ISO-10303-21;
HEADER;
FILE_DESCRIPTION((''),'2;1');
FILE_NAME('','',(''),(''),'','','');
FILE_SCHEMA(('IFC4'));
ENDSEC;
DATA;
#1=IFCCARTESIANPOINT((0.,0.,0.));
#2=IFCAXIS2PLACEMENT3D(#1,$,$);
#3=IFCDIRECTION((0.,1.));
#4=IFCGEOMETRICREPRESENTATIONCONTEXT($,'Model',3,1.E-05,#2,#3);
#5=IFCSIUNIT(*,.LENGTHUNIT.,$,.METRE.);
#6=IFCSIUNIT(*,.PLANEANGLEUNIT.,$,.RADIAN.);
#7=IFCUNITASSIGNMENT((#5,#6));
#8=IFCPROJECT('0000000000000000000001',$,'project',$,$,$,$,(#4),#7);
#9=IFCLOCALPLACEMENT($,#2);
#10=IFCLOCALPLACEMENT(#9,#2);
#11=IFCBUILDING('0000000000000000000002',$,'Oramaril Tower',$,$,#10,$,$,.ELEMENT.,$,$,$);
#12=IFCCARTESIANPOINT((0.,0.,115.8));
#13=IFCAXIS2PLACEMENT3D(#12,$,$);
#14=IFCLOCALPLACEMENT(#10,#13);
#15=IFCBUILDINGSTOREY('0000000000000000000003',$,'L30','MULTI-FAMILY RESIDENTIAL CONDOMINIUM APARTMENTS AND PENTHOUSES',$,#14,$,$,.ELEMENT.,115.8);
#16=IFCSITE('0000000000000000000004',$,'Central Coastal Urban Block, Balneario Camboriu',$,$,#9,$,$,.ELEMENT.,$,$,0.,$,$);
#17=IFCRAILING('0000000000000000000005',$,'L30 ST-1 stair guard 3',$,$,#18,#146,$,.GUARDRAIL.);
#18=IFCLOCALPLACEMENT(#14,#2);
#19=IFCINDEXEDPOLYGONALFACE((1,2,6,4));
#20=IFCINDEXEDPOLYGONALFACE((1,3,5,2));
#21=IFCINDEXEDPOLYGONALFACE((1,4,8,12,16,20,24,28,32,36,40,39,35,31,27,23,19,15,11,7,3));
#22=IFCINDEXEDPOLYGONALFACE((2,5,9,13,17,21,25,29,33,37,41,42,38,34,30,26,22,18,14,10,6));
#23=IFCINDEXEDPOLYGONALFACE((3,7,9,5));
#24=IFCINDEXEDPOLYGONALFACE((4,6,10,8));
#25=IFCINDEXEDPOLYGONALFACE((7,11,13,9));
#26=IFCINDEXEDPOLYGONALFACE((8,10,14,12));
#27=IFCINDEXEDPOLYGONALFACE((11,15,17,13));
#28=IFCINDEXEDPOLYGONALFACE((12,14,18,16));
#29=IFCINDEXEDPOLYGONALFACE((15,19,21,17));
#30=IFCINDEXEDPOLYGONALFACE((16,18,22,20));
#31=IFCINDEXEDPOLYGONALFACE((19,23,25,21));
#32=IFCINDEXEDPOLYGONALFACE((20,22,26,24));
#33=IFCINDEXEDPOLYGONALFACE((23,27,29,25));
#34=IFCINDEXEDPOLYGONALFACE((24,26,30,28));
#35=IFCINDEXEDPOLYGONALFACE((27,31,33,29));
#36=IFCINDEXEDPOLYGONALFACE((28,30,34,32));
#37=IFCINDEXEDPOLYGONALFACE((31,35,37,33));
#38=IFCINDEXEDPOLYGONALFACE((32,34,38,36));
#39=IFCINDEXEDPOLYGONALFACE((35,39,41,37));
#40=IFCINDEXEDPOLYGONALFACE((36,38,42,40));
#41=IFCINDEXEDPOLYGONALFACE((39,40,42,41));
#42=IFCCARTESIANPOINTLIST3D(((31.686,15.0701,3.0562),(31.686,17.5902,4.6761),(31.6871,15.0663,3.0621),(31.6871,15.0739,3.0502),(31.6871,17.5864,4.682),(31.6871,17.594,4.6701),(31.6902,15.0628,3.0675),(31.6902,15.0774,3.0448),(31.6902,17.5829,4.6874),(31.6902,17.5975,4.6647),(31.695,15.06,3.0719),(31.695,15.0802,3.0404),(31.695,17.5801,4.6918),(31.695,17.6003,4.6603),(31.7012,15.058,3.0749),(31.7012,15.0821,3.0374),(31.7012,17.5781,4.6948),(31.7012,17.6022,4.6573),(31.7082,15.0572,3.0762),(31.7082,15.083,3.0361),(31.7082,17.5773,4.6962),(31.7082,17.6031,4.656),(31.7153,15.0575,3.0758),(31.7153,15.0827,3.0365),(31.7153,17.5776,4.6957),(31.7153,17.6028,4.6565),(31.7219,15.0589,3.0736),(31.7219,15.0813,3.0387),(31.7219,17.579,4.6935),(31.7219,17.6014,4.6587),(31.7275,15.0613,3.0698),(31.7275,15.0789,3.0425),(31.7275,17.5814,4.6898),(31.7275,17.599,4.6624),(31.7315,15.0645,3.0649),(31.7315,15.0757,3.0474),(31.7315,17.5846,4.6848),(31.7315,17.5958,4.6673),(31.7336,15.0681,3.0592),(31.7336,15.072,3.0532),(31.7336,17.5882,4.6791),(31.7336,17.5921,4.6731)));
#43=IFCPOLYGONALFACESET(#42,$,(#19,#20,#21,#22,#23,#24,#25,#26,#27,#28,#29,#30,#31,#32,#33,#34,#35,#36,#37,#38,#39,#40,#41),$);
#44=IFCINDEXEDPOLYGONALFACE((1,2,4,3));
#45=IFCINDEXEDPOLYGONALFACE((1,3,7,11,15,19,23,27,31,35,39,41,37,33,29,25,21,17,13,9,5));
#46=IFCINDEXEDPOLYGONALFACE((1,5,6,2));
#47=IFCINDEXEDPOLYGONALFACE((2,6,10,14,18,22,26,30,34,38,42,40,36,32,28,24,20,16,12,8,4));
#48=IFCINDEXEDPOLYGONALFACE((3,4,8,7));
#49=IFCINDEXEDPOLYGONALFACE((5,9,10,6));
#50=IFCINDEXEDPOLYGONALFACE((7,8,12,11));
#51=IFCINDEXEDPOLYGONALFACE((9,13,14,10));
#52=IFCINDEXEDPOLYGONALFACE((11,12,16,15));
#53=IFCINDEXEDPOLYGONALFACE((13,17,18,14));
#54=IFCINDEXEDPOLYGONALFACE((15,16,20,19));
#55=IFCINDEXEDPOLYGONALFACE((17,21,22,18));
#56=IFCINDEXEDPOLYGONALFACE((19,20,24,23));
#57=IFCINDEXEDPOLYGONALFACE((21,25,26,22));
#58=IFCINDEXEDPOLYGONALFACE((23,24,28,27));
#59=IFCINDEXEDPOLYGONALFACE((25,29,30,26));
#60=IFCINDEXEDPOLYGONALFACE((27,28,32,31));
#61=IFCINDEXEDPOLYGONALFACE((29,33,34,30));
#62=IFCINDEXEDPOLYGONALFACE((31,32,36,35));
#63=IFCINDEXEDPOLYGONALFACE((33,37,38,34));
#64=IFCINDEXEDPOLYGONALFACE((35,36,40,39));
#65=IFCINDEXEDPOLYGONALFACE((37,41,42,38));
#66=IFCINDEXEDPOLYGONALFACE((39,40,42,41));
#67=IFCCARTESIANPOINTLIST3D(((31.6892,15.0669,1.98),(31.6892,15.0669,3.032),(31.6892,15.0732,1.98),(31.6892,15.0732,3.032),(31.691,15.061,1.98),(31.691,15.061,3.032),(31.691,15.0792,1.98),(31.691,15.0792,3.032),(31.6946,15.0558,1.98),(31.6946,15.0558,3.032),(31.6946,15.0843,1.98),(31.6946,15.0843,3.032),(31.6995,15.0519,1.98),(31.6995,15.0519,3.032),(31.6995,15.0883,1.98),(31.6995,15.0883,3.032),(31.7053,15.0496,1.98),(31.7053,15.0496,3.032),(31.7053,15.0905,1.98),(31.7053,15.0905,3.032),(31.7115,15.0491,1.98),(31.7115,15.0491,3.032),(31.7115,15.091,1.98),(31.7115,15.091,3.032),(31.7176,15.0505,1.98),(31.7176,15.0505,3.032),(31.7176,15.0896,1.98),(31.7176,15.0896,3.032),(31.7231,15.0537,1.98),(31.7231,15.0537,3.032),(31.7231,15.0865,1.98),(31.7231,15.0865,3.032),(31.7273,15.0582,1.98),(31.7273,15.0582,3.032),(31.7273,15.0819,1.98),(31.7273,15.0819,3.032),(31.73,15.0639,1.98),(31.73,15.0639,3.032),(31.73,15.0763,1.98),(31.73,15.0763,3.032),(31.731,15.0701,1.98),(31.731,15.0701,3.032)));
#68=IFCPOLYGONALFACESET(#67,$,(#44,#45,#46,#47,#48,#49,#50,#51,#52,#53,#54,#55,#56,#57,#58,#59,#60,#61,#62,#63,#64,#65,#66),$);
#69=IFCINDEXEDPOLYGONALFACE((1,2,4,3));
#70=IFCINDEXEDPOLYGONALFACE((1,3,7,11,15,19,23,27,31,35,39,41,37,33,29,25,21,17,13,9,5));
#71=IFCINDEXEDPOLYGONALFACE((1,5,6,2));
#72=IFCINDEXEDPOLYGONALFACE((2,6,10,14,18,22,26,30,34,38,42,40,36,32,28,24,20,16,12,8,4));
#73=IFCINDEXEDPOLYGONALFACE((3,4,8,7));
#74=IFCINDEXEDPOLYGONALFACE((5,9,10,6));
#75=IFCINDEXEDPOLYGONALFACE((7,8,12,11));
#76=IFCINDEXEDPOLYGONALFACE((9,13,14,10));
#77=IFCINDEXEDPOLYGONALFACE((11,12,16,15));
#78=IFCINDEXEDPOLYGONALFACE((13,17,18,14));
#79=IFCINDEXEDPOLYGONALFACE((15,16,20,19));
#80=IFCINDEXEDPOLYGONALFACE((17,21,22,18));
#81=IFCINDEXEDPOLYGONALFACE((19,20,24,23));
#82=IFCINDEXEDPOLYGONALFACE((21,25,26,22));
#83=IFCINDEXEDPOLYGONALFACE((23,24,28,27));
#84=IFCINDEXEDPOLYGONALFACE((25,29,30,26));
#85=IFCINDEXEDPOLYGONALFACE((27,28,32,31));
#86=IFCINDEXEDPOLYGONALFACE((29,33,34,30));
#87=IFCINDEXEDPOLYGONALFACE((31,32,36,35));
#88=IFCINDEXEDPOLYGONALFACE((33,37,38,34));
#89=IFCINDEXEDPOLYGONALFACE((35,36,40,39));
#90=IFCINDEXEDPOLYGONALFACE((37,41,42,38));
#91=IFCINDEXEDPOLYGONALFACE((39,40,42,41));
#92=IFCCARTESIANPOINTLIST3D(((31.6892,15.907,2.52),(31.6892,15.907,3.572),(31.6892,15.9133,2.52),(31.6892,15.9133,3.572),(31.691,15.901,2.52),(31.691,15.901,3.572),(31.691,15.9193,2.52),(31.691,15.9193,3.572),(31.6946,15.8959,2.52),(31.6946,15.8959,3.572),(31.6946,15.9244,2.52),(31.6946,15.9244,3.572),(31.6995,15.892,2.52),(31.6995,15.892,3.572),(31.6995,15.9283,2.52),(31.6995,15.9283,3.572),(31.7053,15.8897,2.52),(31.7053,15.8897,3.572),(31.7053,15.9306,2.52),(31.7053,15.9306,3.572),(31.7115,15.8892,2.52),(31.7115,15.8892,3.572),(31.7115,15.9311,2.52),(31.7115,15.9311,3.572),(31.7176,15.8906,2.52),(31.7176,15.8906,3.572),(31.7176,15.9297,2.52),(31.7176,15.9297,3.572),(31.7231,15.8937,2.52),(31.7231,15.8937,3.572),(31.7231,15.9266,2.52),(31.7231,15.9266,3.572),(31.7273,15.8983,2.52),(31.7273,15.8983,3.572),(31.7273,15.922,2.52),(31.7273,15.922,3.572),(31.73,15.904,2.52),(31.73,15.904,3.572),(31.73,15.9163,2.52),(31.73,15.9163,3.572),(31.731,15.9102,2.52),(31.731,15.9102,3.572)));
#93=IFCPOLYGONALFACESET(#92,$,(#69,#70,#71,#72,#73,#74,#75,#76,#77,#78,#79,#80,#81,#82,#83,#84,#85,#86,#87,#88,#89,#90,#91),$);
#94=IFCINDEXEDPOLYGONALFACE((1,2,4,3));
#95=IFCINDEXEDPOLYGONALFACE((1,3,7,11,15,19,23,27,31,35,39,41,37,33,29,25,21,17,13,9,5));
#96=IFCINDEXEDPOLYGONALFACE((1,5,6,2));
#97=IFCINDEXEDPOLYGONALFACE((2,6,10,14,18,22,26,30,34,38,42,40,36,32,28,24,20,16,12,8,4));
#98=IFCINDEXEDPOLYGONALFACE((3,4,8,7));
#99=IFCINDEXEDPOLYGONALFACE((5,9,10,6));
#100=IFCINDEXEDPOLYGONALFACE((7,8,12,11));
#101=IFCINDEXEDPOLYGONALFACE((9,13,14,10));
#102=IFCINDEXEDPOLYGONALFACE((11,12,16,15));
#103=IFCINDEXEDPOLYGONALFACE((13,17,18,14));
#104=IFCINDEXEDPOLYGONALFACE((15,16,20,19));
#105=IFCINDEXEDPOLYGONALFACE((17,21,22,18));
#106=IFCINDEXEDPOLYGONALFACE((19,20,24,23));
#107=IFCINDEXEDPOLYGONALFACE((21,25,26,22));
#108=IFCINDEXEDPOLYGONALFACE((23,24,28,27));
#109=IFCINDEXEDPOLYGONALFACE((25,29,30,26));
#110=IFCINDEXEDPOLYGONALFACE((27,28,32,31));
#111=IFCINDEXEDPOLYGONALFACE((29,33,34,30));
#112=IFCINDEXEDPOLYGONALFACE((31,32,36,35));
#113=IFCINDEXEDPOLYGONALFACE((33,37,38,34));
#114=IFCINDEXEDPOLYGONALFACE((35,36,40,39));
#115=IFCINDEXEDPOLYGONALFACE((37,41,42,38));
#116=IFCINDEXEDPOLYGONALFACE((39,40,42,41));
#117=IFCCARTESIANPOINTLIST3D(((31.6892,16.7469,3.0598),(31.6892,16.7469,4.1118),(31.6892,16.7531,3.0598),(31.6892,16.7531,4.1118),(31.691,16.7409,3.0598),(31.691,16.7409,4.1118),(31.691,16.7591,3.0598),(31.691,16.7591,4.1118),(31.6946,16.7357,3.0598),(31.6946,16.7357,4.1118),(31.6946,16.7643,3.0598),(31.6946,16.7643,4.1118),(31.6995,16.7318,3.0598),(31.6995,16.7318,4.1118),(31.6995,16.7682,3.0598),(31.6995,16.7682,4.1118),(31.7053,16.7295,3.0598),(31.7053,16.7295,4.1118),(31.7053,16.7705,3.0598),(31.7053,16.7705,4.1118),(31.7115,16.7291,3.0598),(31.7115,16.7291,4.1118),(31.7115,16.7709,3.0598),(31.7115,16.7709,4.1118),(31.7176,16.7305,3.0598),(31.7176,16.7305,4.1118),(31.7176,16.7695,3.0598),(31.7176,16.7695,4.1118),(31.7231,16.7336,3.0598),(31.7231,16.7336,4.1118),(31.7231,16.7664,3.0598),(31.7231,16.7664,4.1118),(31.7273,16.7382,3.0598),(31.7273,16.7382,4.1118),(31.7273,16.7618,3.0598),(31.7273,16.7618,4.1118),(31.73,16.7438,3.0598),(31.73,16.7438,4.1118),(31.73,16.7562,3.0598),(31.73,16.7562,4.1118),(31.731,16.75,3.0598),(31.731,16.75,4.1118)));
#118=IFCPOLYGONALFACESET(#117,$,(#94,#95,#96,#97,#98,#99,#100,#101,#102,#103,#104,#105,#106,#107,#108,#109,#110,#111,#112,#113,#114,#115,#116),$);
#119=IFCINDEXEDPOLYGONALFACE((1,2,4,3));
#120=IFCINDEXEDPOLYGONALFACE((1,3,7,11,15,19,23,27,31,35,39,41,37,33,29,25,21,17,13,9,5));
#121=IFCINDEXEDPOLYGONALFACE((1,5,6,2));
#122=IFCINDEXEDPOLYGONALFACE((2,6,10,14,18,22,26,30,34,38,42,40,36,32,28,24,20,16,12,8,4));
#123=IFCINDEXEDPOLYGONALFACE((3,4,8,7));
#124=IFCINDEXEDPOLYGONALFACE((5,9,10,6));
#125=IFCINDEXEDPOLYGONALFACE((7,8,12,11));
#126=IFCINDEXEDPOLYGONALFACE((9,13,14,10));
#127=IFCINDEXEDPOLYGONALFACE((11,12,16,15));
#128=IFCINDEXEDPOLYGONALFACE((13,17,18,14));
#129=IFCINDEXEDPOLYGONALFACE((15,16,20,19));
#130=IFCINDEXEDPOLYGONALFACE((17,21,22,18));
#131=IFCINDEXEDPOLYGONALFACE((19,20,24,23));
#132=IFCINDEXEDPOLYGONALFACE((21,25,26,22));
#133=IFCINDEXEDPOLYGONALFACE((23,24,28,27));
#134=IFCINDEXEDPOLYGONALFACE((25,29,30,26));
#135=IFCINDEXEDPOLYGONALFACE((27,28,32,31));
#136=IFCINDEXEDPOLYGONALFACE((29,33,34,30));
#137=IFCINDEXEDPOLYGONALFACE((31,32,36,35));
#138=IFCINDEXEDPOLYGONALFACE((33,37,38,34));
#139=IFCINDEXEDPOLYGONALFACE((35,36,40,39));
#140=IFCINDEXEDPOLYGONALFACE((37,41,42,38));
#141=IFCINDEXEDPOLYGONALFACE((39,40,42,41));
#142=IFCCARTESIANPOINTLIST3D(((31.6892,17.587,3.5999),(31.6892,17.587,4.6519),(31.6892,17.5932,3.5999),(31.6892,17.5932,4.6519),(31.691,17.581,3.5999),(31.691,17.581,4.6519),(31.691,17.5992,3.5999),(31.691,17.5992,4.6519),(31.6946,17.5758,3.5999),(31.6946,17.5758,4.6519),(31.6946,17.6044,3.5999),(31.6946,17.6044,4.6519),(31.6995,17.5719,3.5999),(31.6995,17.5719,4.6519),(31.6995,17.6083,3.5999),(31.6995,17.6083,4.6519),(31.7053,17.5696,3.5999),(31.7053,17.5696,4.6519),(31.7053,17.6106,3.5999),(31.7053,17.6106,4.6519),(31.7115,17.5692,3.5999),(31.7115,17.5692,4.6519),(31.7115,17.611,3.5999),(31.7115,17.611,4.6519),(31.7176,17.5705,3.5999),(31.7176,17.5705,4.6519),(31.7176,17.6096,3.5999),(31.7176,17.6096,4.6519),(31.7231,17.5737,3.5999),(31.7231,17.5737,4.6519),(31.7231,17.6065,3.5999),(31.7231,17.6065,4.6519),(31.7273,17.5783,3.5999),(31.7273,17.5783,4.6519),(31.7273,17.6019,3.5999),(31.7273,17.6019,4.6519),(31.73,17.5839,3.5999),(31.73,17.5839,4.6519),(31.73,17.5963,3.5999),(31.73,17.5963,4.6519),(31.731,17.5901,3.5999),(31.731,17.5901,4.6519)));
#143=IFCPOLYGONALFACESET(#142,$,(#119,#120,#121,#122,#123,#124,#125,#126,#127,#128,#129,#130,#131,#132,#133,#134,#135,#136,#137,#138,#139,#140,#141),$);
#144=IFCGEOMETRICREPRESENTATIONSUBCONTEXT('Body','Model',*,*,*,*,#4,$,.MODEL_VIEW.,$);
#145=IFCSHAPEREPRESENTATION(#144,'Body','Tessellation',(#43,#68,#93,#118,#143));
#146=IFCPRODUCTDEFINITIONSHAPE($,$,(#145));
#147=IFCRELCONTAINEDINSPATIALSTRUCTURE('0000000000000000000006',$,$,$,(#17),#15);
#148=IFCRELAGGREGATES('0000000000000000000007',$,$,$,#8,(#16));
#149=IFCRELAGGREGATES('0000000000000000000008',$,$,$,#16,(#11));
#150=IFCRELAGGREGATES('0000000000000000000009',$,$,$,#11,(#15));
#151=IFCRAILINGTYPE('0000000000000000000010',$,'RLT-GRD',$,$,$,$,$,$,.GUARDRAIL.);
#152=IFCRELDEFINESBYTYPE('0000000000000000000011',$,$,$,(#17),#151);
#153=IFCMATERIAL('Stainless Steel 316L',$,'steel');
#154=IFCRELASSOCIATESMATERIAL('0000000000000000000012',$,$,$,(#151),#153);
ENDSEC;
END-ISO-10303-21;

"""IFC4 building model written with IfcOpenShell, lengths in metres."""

from ifc_helpers import new_model, si_unit, direction, frame, origin, origin_2d, place, context, subcontext, project, spatial, circle, extrude, material, type_object, element, save


model = new_model("IFC4")

# Units and contexts
model_context = context("Model", 3, precision=1e-05, world=origin(), true_north=direction((0.0, 1.0)))
body_context = subcontext(model_context, "Body", "Model", "MODEL_VIEW")
ifc_project = project(units=[si_unit("LENGTHUNIT", "METRE"), si_unit("PLANEANGLEUNIT", "RADIAN")], contexts=[model_context])

# Site, building, storey
site_placement = place(None, origin())
site = spatial("IfcSite", under=ifc_project, at=site_placement, Name="Central Coastal Urban Block, Balneario Camboriu", CompositionType="ELEMENT", RefElevation=0.0)
building_placement = place(site_placement, origin())
building = spatial("IfcBuilding", under=site, at=building_placement, Name="Oramaril Tower", CompositionType="ELEMENT")
storey_placement = place(building_placement, frame((0.0, 0.0, 115.8)))
storey = spatial("IfcBuildingStorey", under=building, at=storey_placement, Name="L30", Description="MULTI-FAMILY RESIDENTIAL CONDOMINIUM APARTMENTS AND PENTHOUSES", CompositionType="ELEMENT", Elevation=115.8)

# Railing
ifc_material_1 = material(Name="Stainless Steel 316L", Category="steel")
railing_type_1 = type_object("IfcRailingType", Name="RLT-GRD", PredefinedType="GUARDRAIL", material=ifc_material_1)
railing_1_placement = place(storey_placement, frame((31.71, 15.0701, 1.98)))
element("IfcRailing", 1, at=railing_1_placement, inside=storey, type_object=railing_type_1, Name="L30 ST-1 stair guard 3", PredefinedType="GUARDRAIL", context=body_context, shape_type="SweptSolid", body=[
    extrude(circle(Radius=0.0239, at=origin_2d()), frame((0.0, 0.0, 1.0762), z_axis=(0.0, 0.8412, 0.540725), x_axis=(-1.0, 0.0, 0.0)), (0.0, 0.0, 1.0), 2.9958),
    extrude(circle(Radius=0.021, at=origin_2d()), origin(), (0.0, 0.0, 1.0), 1.052),
    extrude(circle(Radius=0.021, at=origin_2d()), frame((0.0, 0.8401, 0.54)), (0.0, 0.0, 1.0), 1.052),
    extrude(circle(Radius=0.021, at=origin_2d()), frame((0.0, 1.6799, 1.0798)), (0.0, 0.0, 1.0), 1.052),
    extrude(circle(Radius=0.021, at=origin_2d()), frame((0.0, 2.52, 1.6199)), (0.0, 0.0, 1.0), 1.052),
])

save(model, "model.ifc")
